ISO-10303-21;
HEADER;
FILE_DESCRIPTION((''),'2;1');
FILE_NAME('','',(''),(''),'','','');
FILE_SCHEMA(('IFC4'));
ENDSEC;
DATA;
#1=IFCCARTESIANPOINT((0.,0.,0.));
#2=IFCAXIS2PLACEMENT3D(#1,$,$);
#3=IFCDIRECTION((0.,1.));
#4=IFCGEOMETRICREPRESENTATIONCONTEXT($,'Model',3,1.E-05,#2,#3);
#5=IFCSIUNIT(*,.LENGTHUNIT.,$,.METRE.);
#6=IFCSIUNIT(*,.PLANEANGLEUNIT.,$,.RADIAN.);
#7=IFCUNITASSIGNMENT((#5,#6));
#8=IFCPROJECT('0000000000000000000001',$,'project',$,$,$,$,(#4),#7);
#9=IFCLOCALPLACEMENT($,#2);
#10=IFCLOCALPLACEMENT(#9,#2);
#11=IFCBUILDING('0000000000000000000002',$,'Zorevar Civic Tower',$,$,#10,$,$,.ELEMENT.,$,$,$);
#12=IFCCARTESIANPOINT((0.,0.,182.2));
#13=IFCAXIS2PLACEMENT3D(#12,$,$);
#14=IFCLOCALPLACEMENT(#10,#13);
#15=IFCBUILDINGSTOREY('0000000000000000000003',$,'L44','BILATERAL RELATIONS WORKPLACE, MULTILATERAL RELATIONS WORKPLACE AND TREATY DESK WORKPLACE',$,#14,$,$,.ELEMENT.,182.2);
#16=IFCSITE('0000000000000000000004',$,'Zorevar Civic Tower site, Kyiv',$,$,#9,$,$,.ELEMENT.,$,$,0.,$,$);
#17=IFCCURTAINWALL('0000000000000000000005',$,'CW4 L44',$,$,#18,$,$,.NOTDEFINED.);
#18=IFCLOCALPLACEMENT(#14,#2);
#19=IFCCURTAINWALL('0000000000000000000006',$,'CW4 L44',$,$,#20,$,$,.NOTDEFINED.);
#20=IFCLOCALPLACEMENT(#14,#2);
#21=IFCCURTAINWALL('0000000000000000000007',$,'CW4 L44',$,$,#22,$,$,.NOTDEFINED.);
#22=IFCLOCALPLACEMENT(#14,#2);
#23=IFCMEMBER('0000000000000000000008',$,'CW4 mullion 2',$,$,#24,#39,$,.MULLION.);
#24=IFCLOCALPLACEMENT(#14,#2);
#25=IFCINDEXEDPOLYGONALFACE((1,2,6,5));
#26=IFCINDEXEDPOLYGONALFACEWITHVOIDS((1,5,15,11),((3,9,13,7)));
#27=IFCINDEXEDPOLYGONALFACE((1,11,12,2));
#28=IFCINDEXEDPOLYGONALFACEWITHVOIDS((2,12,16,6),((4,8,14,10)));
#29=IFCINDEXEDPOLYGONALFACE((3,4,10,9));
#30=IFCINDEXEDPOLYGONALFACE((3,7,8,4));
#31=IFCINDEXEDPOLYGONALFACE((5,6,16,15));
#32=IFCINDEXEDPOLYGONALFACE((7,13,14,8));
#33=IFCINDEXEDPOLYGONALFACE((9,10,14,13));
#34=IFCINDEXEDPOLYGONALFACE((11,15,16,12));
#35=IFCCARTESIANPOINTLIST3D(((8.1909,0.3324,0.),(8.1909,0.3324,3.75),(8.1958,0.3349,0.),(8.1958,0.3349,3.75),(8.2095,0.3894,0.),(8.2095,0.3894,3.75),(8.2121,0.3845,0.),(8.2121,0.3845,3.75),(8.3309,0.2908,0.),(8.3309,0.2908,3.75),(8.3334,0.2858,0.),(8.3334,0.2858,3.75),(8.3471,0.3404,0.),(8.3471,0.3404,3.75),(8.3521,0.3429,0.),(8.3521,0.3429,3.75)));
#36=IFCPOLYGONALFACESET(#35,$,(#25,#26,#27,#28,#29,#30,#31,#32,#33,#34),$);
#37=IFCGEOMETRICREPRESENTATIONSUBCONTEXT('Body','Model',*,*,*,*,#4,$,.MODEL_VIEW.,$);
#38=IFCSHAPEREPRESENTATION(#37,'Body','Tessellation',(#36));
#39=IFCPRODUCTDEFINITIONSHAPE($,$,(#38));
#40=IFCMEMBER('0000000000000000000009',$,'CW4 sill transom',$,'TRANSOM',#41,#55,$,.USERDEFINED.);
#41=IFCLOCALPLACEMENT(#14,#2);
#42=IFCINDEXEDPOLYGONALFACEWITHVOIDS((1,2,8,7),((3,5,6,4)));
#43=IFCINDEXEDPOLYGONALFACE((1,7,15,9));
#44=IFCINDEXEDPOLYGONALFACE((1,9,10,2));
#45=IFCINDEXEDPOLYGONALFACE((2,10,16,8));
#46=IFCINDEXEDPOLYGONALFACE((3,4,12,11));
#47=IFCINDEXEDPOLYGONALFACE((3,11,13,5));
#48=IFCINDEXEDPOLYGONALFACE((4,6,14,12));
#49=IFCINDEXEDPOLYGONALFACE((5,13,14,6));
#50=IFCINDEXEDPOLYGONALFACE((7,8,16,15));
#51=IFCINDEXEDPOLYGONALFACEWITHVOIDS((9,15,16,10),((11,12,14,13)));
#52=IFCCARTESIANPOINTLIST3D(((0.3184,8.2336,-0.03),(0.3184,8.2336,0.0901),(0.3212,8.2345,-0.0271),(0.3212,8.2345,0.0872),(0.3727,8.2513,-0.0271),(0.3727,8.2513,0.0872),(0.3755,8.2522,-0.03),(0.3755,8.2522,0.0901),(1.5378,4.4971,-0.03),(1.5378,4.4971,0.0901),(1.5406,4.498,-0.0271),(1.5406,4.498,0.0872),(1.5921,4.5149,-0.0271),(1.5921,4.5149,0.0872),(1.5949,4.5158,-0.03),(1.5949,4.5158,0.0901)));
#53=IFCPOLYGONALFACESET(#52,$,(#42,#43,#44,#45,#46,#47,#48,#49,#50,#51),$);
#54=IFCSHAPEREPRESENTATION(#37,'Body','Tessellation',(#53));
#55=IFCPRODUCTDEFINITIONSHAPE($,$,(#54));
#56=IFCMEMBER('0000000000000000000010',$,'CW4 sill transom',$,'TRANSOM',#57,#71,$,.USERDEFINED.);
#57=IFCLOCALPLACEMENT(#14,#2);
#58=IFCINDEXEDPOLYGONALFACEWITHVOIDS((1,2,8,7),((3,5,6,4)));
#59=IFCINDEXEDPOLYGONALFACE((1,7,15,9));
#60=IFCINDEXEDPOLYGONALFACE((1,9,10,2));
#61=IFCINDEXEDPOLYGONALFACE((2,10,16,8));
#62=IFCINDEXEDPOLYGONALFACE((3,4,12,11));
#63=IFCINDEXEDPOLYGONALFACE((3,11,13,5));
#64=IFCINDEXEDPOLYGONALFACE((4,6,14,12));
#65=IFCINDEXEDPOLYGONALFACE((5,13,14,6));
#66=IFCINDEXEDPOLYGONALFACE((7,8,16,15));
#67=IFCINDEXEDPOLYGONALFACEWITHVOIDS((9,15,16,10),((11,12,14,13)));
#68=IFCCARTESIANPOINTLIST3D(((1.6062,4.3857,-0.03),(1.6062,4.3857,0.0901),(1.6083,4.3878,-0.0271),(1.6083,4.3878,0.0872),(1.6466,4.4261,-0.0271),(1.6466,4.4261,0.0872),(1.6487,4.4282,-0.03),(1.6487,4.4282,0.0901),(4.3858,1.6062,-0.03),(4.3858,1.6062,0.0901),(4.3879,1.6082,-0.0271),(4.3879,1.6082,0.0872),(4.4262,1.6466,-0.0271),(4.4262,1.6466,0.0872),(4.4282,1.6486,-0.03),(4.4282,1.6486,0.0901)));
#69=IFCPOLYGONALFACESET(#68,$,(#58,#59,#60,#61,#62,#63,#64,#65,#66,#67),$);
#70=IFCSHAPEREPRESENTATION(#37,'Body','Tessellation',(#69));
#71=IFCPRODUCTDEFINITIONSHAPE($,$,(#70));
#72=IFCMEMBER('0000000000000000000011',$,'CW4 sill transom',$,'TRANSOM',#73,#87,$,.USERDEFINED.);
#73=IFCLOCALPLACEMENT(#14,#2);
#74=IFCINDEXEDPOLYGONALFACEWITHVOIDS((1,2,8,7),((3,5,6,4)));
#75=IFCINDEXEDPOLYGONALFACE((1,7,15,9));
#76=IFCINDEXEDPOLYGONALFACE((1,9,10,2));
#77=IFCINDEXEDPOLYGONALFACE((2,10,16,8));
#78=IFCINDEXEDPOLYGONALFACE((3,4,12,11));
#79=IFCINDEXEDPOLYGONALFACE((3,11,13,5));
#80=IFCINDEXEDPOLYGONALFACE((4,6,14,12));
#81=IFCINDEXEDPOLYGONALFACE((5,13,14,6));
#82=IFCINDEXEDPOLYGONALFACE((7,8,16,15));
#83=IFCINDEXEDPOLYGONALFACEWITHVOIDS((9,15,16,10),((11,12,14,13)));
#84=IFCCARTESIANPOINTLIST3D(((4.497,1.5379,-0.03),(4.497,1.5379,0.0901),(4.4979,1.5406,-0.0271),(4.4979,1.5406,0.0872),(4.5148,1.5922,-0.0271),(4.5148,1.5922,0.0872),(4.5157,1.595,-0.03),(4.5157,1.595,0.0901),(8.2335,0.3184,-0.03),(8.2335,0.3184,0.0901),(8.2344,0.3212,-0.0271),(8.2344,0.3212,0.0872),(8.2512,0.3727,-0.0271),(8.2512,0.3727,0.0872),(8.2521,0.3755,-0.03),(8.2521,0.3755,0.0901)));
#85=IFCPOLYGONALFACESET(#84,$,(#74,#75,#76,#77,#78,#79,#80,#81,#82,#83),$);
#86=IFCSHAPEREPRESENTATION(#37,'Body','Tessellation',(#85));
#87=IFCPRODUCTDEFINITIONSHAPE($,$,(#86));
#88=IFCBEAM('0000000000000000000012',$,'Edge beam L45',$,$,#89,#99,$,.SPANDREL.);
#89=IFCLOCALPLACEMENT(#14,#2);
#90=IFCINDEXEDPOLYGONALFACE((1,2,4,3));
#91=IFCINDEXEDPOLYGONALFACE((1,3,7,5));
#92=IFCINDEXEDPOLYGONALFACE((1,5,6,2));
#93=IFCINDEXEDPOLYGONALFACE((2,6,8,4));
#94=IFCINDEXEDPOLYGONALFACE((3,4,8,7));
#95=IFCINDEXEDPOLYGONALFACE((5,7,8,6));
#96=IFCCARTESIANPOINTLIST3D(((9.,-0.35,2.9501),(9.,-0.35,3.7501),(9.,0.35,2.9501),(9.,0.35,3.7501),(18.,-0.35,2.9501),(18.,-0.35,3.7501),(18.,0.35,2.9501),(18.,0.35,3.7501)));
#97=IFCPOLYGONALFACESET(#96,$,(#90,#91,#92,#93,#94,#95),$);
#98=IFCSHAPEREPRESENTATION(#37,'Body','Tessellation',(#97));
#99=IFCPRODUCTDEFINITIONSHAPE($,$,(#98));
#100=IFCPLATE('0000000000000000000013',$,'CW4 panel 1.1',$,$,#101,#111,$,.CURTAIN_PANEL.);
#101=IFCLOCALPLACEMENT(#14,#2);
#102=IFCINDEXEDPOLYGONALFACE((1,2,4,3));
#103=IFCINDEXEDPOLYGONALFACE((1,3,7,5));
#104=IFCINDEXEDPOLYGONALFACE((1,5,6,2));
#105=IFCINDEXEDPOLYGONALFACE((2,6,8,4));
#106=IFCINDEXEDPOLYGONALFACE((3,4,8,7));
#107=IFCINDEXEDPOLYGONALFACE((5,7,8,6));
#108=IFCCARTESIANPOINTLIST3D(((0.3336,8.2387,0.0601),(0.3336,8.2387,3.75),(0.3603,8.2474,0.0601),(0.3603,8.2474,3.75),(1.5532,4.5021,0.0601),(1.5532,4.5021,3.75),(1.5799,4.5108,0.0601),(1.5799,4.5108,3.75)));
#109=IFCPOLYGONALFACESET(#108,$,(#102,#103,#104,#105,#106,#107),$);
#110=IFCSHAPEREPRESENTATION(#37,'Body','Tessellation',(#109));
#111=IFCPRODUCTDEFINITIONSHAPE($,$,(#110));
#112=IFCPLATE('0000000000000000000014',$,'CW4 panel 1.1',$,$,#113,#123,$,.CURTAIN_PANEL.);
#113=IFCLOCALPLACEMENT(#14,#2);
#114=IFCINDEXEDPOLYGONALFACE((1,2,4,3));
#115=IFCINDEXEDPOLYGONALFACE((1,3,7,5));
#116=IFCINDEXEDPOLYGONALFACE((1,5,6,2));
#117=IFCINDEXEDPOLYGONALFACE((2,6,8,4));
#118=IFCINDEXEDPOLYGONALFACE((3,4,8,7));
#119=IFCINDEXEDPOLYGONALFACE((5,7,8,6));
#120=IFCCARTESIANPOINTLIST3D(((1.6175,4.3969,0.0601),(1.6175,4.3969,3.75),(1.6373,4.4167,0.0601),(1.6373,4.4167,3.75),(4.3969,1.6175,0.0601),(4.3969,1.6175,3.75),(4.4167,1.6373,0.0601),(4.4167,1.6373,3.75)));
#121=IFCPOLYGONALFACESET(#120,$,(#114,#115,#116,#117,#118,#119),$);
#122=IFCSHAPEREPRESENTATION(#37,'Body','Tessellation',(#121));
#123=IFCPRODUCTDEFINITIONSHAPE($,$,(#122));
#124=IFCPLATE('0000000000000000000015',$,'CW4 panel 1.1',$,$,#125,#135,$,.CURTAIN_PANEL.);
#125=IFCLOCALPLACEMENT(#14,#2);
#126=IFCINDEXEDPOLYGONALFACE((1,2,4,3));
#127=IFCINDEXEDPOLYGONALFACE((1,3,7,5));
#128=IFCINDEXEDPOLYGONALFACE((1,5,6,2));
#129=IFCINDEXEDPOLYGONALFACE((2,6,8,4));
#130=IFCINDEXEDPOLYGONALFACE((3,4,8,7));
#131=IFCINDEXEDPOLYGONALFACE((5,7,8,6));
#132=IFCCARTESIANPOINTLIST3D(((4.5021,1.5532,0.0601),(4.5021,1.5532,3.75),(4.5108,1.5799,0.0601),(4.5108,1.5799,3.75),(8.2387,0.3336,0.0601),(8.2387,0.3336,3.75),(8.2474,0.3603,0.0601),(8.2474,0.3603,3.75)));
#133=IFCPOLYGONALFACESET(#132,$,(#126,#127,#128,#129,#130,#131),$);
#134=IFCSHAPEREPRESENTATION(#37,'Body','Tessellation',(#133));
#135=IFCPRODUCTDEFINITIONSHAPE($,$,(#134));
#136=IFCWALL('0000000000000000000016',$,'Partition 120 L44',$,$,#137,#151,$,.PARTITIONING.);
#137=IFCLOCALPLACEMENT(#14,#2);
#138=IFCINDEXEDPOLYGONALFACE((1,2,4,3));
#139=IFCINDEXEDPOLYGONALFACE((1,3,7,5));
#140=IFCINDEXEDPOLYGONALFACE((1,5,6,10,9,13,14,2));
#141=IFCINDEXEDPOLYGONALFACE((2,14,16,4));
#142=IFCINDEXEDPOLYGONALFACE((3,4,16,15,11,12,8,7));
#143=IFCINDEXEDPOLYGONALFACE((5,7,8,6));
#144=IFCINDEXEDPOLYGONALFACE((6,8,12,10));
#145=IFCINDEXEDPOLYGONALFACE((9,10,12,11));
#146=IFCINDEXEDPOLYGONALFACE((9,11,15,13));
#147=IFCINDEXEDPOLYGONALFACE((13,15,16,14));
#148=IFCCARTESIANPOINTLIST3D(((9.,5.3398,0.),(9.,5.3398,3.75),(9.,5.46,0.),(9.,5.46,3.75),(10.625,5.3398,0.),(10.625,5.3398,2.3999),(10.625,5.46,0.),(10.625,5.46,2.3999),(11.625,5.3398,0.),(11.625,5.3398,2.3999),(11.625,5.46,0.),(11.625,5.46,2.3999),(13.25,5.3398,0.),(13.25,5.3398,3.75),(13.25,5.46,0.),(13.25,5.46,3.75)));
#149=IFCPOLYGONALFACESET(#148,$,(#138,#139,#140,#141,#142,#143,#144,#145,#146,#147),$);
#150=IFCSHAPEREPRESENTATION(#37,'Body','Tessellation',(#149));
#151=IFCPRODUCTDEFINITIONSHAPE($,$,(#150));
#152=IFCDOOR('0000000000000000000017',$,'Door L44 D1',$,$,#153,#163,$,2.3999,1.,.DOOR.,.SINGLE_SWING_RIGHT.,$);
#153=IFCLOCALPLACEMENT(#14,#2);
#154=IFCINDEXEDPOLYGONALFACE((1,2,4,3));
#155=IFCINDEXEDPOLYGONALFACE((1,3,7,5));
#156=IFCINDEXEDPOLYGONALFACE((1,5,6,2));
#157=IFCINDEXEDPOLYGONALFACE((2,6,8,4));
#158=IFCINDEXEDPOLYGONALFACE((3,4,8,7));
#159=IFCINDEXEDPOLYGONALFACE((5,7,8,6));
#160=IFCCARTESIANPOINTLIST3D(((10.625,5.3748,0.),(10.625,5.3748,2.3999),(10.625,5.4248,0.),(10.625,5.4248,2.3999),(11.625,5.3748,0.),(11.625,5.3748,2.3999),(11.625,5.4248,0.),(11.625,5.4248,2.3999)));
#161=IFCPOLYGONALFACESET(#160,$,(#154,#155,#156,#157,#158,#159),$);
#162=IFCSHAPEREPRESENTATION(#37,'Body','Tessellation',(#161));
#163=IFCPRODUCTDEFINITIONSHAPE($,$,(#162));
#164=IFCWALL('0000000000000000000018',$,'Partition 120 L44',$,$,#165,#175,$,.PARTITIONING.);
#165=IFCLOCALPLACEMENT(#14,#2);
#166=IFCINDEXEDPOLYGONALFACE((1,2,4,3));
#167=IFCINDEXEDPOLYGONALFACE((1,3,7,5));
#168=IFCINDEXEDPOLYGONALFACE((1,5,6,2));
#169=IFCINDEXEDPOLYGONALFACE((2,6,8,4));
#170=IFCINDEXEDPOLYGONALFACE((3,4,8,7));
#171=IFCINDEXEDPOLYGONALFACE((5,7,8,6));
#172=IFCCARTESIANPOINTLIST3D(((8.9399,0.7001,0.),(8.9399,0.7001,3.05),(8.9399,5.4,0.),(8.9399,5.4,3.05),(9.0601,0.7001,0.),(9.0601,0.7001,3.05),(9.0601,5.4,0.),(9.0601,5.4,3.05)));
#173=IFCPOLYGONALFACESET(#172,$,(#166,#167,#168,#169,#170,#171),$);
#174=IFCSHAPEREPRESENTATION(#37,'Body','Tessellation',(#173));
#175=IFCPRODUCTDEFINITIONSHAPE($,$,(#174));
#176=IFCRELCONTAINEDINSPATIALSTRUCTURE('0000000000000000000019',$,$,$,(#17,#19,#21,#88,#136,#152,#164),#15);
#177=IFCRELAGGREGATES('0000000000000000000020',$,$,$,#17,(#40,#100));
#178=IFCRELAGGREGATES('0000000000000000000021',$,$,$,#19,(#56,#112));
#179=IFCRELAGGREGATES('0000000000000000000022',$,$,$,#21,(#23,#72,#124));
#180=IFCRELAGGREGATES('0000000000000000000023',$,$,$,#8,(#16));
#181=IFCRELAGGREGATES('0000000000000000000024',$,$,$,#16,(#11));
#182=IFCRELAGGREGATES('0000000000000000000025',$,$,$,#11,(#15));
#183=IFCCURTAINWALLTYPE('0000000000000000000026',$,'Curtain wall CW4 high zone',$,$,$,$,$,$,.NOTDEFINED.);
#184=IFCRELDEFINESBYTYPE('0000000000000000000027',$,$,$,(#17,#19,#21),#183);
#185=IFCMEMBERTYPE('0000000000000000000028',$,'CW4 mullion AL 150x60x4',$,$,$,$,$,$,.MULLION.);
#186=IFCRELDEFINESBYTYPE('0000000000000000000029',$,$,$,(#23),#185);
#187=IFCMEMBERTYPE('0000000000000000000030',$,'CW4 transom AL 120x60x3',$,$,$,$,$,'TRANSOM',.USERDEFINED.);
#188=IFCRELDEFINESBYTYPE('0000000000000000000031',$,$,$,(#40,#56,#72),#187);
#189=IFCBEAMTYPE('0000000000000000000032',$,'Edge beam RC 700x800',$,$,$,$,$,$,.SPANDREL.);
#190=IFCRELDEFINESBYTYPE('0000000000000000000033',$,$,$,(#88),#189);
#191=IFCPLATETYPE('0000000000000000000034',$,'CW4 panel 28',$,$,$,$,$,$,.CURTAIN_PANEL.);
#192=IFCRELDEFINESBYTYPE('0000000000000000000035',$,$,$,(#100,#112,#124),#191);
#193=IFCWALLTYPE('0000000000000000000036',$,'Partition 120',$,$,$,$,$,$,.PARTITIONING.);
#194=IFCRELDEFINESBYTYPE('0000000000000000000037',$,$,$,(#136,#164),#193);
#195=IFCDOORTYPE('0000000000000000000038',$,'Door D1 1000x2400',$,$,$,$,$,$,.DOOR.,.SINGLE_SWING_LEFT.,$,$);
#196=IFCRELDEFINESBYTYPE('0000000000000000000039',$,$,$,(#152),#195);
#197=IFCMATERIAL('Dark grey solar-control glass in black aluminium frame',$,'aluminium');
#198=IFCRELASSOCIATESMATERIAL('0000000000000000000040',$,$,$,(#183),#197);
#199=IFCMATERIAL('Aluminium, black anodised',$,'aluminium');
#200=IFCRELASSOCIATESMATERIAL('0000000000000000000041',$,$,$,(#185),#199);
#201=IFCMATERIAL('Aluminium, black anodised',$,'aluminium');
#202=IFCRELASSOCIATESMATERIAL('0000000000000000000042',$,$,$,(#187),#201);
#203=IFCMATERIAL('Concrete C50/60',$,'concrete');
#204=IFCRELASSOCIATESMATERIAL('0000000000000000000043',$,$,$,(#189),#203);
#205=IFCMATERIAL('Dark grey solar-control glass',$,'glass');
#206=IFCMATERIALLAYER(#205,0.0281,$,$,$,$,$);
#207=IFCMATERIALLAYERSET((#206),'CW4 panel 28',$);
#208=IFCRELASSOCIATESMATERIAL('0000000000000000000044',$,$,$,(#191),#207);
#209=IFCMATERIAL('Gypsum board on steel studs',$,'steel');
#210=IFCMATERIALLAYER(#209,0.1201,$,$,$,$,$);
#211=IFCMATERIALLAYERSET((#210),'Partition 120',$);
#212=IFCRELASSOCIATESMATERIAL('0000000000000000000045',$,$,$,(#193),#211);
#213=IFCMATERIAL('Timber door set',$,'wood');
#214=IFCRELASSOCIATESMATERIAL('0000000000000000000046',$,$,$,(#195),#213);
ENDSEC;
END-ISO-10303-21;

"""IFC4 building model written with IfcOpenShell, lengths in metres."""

from ifc_helpers import new_model, si_unit, direction, frame, frame_2d, origin, origin_2d, place, context, subcontext, project, spatial, rectangle, hollow_rectangle, extrude, material, layer, layer_set, material_profile, profile_set, type_object, element, fill, aggregate, save


model = new_model("IFC4")

# Units and contexts
model_context = context("Model", 3, precision=1e-05, world=origin(), true_north=direction((0.0, 1.0)))
body_context = subcontext(model_context, "Body", "Model", "MODEL_VIEW")
ifc_project = project(units=[si_unit("LENGTHUNIT", "METRE"), si_unit("PLANEANGLEUNIT", "RADIAN")], contexts=[model_context])

# Site, building, storey
site_placement = place(None, origin())
site = spatial("IfcSite", under=ifc_project, at=site_placement, Name="Zorevar Civic Tower site, Kyiv", CompositionType="ELEMENT", RefElevation=0.0)
building_placement = place(site_placement, origin())
building = spatial("IfcBuilding", under=site, at=building_placement, Name="Zorevar Civic Tower", CompositionType="ELEMENT")
storey_placement = place(building_placement, frame((0.0, 0.0, 182.2)))
storey = spatial("IfcBuildingStorey", under=building, at=storey_placement, Name="L44", Description="BILATERAL RELATIONS WORKPLACE, MULTILATERAL RELATIONS WORKPLACE AND TREATY DESK WORKPLACE", CompositionType="ELEMENT", Elevation=182.2)

# Shared definitions
ifc_material_1 = material(Name="Dark grey solar-control glass in black aluminium frame", Category="aluminium")
curtain_wall_type = type_object("IfcCurtainWallType", Name="Curtain wall CW4 high zone", PredefinedType="NOTDEFINED", material=ifc_material_1)
ifc_material_2 = material(Name="Aluminium, black anodised", Category="aluminium")
ifc_material_profile_1 = material_profile(ifc_material_2, hollow_rectangle(XDim=0.0601, YDim=0.1499, WallThickness=0.0039, at=origin_2d()), Name="AL 150x60x4")
ifc_profile_set_1 = profile_set([ifc_material_profile_1], Name="Aluminium, black anodised")
member_type_1 = type_object("IfcMemberType", Name="CW4 mullion AL 150x60x4", PredefinedType="MULLION", material=ifc_profile_set_1)

# Curtain walls, member
curtain_wall_1_placement = place(storey_placement, origin())
curtain_wall_1 = element("IfcCurtainWall", 1, at=curtain_wall_1_placement, inside=storey, type_object=curtain_wall_type, Name="CW4 L44", PredefinedType="NOTDEFINED")
curtain_wall_2_placement = place(storey_placement, origin())
curtain_wall_2 = element("IfcCurtainWall", 2, at=curtain_wall_2_placement, inside=storey, type_object=curtain_wall_type, Name="CW4 L44", PredefinedType="NOTDEFINED")
curtain_wall_3_placement = place(storey_placement, origin())
curtain_wall_3 = element("IfcCurtainWall", 3, at=curtain_wall_3_placement, inside=storey, type_object=curtain_wall_type, Name="CW4 L44", PredefinedType="NOTDEFINED")
member_1_placement = place(storey_placement, frame((8.2715, 0.3376, 0.0), z_axis=(0.0, 0.0, 1.0), x_axis=(0.310281, 0.950645, 0.0)))
member_1 = element("IfcMember", 4, at=member_1_placement, type_object=member_type_1, Name="CW4 mullion 2", PredefinedType="MULLION", context=body_context, shape_type="SweptSolid", body=[
    extrude(hollow_rectangle(XDim=0.0601, YDim=0.1499, WallThickness=0.0039, at=origin_2d()), origin(), (0.0, 0.0, 1.0), 3.75),
])

# Members
ifc_material_3 = material(Name="Aluminium, black anodised", Category="aluminium")
ifc_material_profile_2 = material_profile(ifc_material_3, hollow_rectangle(XDim=0.0601, YDim=0.1201, WallThickness=0.0029, at=origin_2d()), Name="AL 120x60x3")
ifc_profile_set_2 = profile_set([ifc_material_profile_2], Name="Aluminium, black anodised")
member_type_2 = type_object("IfcMemberType", Name="CW4 transom AL 120x60x3", ElementType="TRANSOM", PredefinedType="USERDEFINED", material=ifc_profile_set_2)
member_2_placement = place(storey_placement, frame((0.3469, 8.2429, 0.03), z_axis=(0.310259, -0.950652, 0.0), x_axis=(0.950652, 0.310259, 0.0)))
member_2 = element("IfcMember", 5, at=member_2_placement, type_object=member_type_2, Name="CW4 sill transom", ObjectType="TRANSOM", PredefinedType="USERDEFINED", context=body_context, shape_type="SweptSolid", body=[
    extrude(hollow_rectangle(XDim=0.0601, YDim=0.1201, WallThickness=0.0029, at=origin_2d()), origin(), (0.0, 0.0, 1.0), 3.9304),
])
member_3_placement = place(storey_placement, frame((1.6274, 4.407, 0.03), z_axis=(0.707107, -0.707107, 0.0), x_axis=(0.707107, 0.707107, 0.0)))
member_3 = element("IfcMember", 6, at=member_3_placement, type_object=member_type_2, Name="CW4 sill transom", ObjectType="TRANSOM", PredefinedType="USERDEFINED", context=body_context, shape_type="SweptSolid", body=[
    extrude(hollow_rectangle(XDim=0.0601, YDim=0.1201, WallThickness=0.0029, at=origin_2d()), origin(), (0.0, 0.0, 1.0), 3.9309),
])
member_4_placement = place(storey_placement, frame((4.5063, 1.5664, 0.03), z_axis=(0.950652, -0.310259, 0.0), x_axis=(0.310259, 0.950652, 0.0)))
member_4 = element("IfcMember", 7, at=member_4_placement, type_object=member_type_2, Name="CW4 sill transom", ObjectType="TRANSOM", PredefinedType="USERDEFINED", context=body_context, shape_type="SweptSolid", body=[
    extrude(hollow_rectangle(XDim=0.0601, YDim=0.1201, WallThickness=0.0029, at=origin_2d()), origin(), (0.0, 0.0, 1.0), 3.9304),
])

# Beam
ifc_material_4 = material(Name="Concrete C50/60", Category="concrete")
ifc_material_profile_3 = material_profile(ifc_material_4, rectangle(XDim=0.7, YDim=0.8, at=origin_2d()), Name="RC 700x800")
ifc_profile_set_3 = profile_set([ifc_material_profile_3], Name="Concrete C50/60")
beam_type_1 = type_object("IfcBeamType", Name="Edge beam RC 700x800", PredefinedType="SPANDREL", material=ifc_profile_set_3)
beam_1_placement = place(storey_placement, frame((9.0, 0.0, 3.3501), z_axis=(1.0, 0.0, 0.0), x_axis=(0.0, 1.0, 0.0)))
element("IfcBeam", 8, at=beam_1_placement, inside=storey, type_object=beam_type_1, Name="Edge beam L45", PredefinedType="SPANDREL", context=body_context, shape_type="SweptSolid", body=[
    extrude(rectangle(XDim=0.7, YDim=0.8, at=origin_2d()), origin(), (0.0, 0.0, 1.0), 9.0),
])

# Plates
ifc_material_5 = material(Name="Dark grey solar-control glass", Category="glass")
ifc_layer_1 = layer(ifc_material_5, 0.0281)
ifc_layer_set_1 = layer_set([ifc_layer_1], Name="CW4 panel 28")
plate_type = type_object("IfcPlateType", Name="CW4 panel 28", PredefinedType="CURTAIN_PANEL", material=ifc_layer_set_1)
plate_1_placement = place(storey_placement, frame((0.9568, 6.3748, 0.0601), z_axis=(0.0, 0.0, 1.0), x_axis=(0.310281, -0.950645, 0.0)))
plate_1 = element("IfcPlate", 9, at=plate_1_placement, type_object=plate_type, Name="CW4 panel 1.1", PredefinedType="CURTAIN_PANEL", context=body_context, shape_type="SweptSolid", body=[
    extrude(rectangle(XDim=3.9307, YDim=0.0281, at=origin_2d()), origin(), (0.0, 0.0, 1.0), 3.6899),
])
aggregate(curtain_wall_1, [member_2, plate_1])
plate_2_placement = place(storey_placement, frame((3.0171, 3.0171, 0.0601), z_axis=(0.0, 0.0, 1.0), x_axis=(0.707107, -0.707107, 0.0)))
plate_2 = element("IfcPlate", 10, at=plate_2_placement, type_object=plate_type, Name="CW4 panel 1.1", PredefinedType="CURTAIN_PANEL", context=body_context, shape_type="SweptSolid", body=[
    extrude(rectangle(XDim=3.9307, YDim=0.0281, at=origin_2d()), origin(), (0.0, 0.0, 1.0), 3.6899),
])
aggregate(curtain_wall_2, [member_3, plate_2])
plate_3_placement = place(storey_placement, frame((6.3748, 0.9568, 0.0601), z_axis=(0.0, 0.0, 1.0), x_axis=(0.950645, -0.310281, 0.0)))
plate_3 = element("IfcPlate", 11, at=plate_3_placement, type_object=plate_type, Name="CW4 panel 1.1", PredefinedType="CURTAIN_PANEL", context=body_context, shape_type="SweptSolid", body=[
    extrude(rectangle(XDim=3.9307, YDim=0.0281, at=origin_2d()), origin(), (0.0, 0.0, 1.0), 3.6899),
])
aggregate(curtain_wall_3, [member_1, member_4, plate_3])

# Wall, opening, door
ifc_material_6 = material(Name="Gypsum board on steel studs", Category="steel")
ifc_layer_2 = layer(ifc_material_6, 0.1201)
ifc_layer_set_2 = layer_set([ifc_layer_2], Name="Partition 120")
wall_type = type_object("IfcWallType", Name="Partition 120", PredefinedType="PARTITIONING", material=ifc_layer_set_2)
wall_1_placement = place(storey_placement, frame((9.0, 5.3999, 0.0), z_axis=(0.0, 0.0, 1.0), x_axis=(1.0, 0.0, 0.0)))
wall_1 = element("IfcWall", 12, at=wall_1_placement, inside=storey, type_object=wall_type, Name="Partition 120 L44", PredefinedType="PARTITIONING", context=body_context, shape_type="SweptSolid", body=[
    extrude(rectangle(XDim=4.25, YDim=0.1201, at=frame_2d((2.125, 0.0))), origin(), (0.0, 0.0, 1.0), 3.75),
])
opening_placement = place(wall_1_placement, frame((1.625, 0.0, 0.0)))
opening = element("IfcOpeningElement", 13, at=opening_placement, cuts=wall_1, PredefinedType="OPENING", context=body_context, shape_type="SweptSolid", body=[
    extrude(rectangle(XDim=1.0, YDim=2.3999, at=frame_2d((0.5, 1.2))), frame((0.0, 0.0701, 0.0), z_axis=(0.0, -1.0, 0.0), x_axis=(1.0, 0.0, 0.0)), (0.0, 0.0, 1.0), 0.1401),
])
ifc_material_7 = material(Name="Timber door set", Category="wood")
door_type = type_object("IfcDoorType", Name="Door D1 1000x2400", OperationType="SINGLE_SWING_LEFT", PredefinedType="DOOR", material=ifc_material_7)
door_placement = place(opening_placement, origin())
door = element("IfcDoor", 14, at=door_placement, inside=storey, type_object=door_type, Name="Door L44 D1", OperationType="SINGLE_SWING_RIGHT", OverallHeight=2.3999, OverallWidth=1.0, PredefinedType="DOOR", context=body_context, shape_type="SweptSolid", body=[
    extrude(rectangle(XDim=1.0, YDim=2.3999, at=frame_2d((0.5, 1.2))), frame((0.0, 0.0249, 0.0), z_axis=(0.0, -1.0, 0.0), x_axis=(1.0, 0.0, 0.0)), (0.0, 0.0, 1.0), 0.05),
])
fill(opening, door)

# Wall
wall_2_placement = place(storey_placement, frame((9.0, 0.7, 0.0), z_axis=(0.0, 0.0, 1.0), x_axis=(0.0, 1.0, 0.0)))
element("IfcWall", 15, at=wall_2_placement, inside=storey, type_object=wall_type, Name="Partition 120 L44", PredefinedType="PARTITIONING", context=body_context, shape_type="SweptSolid", body=[
    extrude(rectangle(XDim=4.7, YDim=0.1201, at=frame_2d((2.3501, 0.0))), origin(), (0.0, 0.0, 1.0), 3.05),
])

save(model, "model.ifc")
